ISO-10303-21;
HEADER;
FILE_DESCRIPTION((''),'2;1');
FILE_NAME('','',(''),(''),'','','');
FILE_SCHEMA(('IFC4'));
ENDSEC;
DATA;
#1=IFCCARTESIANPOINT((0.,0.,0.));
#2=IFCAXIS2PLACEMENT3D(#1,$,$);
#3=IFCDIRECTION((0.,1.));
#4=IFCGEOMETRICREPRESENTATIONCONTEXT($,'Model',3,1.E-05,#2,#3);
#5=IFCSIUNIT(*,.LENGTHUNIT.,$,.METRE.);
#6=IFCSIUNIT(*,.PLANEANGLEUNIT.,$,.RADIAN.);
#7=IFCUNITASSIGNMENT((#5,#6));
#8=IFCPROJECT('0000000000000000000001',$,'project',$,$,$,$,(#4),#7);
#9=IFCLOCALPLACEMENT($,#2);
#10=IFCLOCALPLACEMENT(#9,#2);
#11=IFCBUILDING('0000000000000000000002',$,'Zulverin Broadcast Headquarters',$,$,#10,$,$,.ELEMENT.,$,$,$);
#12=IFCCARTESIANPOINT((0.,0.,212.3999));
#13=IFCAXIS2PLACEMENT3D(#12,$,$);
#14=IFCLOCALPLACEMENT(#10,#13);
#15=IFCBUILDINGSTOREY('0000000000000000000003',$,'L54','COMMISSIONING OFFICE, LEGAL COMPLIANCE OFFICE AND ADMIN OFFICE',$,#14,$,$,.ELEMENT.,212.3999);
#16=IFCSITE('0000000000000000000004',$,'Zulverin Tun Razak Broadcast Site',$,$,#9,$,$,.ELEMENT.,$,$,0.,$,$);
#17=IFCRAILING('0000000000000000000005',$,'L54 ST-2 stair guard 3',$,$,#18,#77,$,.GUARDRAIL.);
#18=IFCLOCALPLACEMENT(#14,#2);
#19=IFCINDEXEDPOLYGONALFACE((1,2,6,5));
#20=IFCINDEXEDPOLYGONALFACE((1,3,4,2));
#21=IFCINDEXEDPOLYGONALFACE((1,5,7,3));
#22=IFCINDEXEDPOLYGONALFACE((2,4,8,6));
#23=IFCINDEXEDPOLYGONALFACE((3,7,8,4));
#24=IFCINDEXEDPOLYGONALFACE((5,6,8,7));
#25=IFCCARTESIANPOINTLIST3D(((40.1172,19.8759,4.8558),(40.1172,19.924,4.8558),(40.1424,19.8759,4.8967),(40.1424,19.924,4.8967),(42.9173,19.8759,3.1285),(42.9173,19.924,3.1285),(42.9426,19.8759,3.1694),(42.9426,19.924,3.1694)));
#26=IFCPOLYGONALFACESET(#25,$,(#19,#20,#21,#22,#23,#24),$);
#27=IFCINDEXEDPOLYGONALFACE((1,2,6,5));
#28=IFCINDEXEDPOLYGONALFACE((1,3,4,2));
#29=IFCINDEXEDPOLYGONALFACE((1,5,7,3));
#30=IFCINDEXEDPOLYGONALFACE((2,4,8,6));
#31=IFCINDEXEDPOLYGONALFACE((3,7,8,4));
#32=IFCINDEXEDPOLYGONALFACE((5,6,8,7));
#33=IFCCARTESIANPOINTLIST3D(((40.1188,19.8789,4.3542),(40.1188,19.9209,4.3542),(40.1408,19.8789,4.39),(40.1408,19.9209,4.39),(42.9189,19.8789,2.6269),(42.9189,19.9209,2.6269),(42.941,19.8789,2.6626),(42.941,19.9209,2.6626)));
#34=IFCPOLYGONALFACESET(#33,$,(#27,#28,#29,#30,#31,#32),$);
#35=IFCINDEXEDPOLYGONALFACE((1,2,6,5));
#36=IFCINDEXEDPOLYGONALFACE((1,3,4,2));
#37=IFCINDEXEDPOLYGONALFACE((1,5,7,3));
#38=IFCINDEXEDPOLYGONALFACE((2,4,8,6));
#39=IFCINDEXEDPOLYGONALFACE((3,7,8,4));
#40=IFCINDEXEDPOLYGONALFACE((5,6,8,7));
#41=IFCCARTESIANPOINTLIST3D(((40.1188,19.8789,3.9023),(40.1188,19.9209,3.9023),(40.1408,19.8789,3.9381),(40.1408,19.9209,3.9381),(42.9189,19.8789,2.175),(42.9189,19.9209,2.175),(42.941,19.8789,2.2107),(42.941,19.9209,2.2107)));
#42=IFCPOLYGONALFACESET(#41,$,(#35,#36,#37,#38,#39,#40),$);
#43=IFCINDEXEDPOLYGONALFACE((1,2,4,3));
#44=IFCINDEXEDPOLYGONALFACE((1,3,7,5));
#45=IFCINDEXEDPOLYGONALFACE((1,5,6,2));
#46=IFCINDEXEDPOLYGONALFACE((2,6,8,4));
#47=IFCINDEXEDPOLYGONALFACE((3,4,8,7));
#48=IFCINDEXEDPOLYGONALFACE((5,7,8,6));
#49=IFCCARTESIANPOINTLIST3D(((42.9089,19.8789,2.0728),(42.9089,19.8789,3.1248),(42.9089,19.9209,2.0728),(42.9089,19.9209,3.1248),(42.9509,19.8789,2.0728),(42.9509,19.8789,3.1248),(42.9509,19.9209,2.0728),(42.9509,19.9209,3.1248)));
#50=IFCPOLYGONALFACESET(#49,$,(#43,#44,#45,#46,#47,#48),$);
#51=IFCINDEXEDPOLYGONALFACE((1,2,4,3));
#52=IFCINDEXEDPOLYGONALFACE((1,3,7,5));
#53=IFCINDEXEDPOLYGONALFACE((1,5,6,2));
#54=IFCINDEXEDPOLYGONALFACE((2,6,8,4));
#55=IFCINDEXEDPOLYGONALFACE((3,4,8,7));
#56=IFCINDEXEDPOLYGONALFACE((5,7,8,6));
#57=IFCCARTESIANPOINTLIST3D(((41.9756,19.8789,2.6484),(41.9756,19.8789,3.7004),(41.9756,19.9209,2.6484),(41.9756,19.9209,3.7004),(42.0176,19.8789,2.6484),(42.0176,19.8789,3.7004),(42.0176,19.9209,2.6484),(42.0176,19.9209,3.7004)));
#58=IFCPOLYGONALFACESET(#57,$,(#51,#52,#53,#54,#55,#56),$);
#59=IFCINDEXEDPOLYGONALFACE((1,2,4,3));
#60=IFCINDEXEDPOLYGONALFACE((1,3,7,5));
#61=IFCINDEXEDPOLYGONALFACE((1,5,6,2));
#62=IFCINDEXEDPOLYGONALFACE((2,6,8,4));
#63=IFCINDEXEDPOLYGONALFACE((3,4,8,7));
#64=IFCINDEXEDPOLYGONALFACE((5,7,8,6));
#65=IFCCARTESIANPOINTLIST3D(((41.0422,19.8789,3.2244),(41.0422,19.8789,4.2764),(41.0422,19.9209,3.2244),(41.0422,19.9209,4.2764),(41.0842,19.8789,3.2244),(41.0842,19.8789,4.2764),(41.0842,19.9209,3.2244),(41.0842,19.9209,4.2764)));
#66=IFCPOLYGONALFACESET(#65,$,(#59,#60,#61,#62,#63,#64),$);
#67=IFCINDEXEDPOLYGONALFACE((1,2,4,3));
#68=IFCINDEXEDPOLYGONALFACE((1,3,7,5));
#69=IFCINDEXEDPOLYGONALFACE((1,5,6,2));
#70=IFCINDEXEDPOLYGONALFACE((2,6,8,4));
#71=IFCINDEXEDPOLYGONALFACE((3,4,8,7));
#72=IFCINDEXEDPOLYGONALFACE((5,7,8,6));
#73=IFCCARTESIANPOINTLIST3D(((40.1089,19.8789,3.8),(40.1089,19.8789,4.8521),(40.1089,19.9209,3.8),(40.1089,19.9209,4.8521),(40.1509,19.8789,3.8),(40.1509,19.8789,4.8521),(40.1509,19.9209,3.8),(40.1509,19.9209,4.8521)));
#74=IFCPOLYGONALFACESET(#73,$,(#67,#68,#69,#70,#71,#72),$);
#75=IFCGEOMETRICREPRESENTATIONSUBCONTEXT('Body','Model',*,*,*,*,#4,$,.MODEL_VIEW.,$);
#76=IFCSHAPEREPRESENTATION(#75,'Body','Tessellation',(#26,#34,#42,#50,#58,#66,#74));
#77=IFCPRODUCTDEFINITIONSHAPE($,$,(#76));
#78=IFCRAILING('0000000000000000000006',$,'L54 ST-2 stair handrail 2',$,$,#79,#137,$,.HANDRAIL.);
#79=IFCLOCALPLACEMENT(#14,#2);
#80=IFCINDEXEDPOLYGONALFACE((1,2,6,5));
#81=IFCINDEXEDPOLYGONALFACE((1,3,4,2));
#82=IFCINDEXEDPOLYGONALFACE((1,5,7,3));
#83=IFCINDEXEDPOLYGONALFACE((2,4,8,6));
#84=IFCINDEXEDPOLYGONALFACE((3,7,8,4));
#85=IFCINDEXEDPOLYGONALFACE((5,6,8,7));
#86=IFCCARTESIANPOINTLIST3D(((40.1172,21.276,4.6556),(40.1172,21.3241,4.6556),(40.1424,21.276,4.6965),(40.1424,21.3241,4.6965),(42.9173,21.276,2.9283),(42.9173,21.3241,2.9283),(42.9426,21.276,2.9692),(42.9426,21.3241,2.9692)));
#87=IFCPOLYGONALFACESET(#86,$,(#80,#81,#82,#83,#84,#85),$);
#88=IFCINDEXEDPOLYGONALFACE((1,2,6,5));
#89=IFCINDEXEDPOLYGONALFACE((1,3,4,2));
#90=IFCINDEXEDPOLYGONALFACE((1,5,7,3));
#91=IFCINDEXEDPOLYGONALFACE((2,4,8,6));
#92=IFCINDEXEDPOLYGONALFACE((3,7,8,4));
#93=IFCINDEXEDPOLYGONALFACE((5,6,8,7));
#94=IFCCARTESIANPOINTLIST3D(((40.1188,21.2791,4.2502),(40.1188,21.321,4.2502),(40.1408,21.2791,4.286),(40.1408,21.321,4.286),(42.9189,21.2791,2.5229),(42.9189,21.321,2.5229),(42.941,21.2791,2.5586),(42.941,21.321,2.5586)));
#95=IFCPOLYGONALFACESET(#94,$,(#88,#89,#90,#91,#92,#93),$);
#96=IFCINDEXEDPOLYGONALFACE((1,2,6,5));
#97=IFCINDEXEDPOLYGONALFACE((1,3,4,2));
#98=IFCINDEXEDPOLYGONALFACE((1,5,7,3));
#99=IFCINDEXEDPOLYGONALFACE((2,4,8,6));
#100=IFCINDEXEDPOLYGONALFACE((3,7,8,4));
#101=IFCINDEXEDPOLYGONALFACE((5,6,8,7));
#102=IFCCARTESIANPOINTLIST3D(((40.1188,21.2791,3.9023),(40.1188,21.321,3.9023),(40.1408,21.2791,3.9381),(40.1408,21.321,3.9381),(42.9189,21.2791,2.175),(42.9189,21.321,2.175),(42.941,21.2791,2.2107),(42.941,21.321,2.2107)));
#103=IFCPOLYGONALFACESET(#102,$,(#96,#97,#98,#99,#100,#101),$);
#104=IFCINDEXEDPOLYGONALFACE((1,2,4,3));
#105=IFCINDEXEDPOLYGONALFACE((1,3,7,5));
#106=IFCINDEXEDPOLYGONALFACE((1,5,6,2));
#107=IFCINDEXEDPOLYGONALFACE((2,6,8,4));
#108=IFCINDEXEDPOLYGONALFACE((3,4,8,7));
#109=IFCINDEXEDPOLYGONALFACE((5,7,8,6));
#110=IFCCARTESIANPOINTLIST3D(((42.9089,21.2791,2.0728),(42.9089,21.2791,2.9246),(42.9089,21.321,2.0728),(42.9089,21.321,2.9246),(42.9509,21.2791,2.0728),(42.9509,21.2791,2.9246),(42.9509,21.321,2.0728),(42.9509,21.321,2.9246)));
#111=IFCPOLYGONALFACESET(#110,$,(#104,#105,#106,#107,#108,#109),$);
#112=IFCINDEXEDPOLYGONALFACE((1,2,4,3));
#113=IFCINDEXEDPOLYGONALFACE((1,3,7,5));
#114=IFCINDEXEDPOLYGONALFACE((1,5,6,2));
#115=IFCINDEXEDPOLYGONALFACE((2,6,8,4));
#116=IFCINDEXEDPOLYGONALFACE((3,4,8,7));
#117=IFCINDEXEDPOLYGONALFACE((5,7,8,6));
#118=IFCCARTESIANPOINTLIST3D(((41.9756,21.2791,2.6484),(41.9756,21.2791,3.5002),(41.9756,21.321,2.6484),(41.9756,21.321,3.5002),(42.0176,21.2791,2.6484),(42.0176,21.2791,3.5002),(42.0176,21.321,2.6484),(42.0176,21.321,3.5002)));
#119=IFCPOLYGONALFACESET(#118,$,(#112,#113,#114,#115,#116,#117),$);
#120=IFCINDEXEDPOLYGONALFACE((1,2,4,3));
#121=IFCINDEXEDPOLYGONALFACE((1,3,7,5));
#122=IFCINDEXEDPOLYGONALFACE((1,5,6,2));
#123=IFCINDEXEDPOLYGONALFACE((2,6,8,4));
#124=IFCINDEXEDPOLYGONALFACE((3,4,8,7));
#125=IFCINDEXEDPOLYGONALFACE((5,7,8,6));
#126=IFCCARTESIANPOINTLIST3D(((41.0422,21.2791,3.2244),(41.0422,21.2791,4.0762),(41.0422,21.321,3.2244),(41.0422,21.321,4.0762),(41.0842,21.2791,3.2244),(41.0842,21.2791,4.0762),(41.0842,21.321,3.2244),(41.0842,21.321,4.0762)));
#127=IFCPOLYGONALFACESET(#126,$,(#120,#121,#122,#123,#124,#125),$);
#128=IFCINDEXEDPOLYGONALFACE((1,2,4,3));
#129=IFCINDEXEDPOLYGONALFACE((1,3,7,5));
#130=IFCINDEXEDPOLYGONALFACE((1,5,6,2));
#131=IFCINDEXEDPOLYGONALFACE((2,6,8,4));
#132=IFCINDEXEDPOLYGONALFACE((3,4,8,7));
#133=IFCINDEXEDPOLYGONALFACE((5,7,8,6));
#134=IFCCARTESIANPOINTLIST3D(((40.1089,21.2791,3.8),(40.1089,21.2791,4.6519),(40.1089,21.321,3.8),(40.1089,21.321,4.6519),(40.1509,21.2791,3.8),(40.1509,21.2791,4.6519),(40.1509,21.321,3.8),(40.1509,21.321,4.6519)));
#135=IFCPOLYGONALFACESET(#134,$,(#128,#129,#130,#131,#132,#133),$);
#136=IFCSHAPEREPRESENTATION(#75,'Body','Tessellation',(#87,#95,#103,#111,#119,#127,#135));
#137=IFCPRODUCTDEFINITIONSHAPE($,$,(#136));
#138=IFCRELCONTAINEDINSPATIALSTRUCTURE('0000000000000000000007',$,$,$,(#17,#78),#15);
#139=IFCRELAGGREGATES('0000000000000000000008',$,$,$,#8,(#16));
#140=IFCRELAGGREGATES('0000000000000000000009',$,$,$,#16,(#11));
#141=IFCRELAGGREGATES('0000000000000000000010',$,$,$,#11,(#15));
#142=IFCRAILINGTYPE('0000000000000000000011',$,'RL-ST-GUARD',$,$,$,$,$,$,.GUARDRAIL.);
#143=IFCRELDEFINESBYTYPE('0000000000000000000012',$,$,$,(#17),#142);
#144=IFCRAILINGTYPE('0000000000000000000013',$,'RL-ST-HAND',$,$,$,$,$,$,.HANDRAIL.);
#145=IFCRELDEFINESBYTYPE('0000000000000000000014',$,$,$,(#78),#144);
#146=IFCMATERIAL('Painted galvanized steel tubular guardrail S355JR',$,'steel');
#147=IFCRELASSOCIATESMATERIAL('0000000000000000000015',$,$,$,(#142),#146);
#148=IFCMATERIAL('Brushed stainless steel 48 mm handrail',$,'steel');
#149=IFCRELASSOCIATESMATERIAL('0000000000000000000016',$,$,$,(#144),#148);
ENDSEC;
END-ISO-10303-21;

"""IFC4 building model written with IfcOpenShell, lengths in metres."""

from ifc_helpers import new_model, si_unit, direction, frame, origin, origin_2d, place, context, subcontext, project, spatial, rectangle, extrude, material, type_object, element, save


model = new_model("IFC4")

# Units and contexts
model_context = context("Model", 3, precision=1e-05, world=origin(), true_north=direction((0.0, 1.0)))
body_context = subcontext(model_context, "Body", "Model", "MODEL_VIEW")
ifc_project = project(units=[si_unit("LENGTHUNIT", "METRE"), si_unit("PLANEANGLEUNIT", "RADIAN")], contexts=[model_context])

# Site, building, storey
site_placement = place(None, origin())
site = spatial("IfcSite", under=ifc_project, at=site_placement, Name="Zulverin Tun Razak Broadcast Site", CompositionType="ELEMENT", RefElevation=0.0)
building_placement = place(site_placement, origin())
building = spatial("IfcBuilding", under=site, at=building_placement, Name="Zulverin Broadcast Headquarters", CompositionType="ELEMENT")
storey_placement = place(building_placement, frame((0.0, 0.0, 212.3999)))
storey = spatial("IfcBuildingStorey", under=building, at=storey_placement, Name="L54", Description="COMMISSIONING OFFICE, LEGAL COMPLIANCE OFFICE AND ADMIN OFFICE", CompositionType="ELEMENT", Elevation=212.3999)

# Railings
ifc_material_1 = material(Name="Painted galvanized steel tubular guardrail S355JR", Category="steel")
railing_type_1 = type_object("IfcRailingType", Name="RL-ST-GUARD", PredefinedType="GUARDRAIL", material=ifc_material_1)
railing_1_placement = place(storey_placement, frame((42.9299, 19.8999, 2.0728)))
element("IfcRailing", 1, at=railing_1_placement, inside=storey, type_object=railing_type_1, Name="L54 ST-2 stair guard 3", PredefinedType="GUARDRAIL", context=body_context, shape_type="SweptSolid", body=[
    extrude(rectangle(XDim=0.0481, YDim=0.0481, at=origin_2d()), frame((0.0, 0.0, 1.0762), z_axis=(-0.85109, 0.0, 0.52502), x_axis=(0.0, -1.0, 0.0)), (0.0, 0.0, 1.0), 3.29),
    extrude(rectangle(XDim=0.042, YDim=0.042, at=origin_2d()), frame((0.0, 0.0, 0.572), z_axis=(-0.85109, 0.0, 0.52502), x_axis=(0.0, -1.0, 0.0)), (0.0, 0.0, 1.0), 3.29),
    extrude(rectangle(XDim=0.042, YDim=0.042, at=origin_2d()), frame((0.0, 0.0, 0.1201), z_axis=(-0.85109, 0.0, 0.52502), x_axis=(0.0, -1.0, 0.0)), (0.0, 0.0, 1.0), 3.29),
    extrude(rectangle(XDim=0.042, YDim=0.042, at=origin_2d()), origin(), (0.0, 0.0, 1.0), 1.052),
    extrude(rectangle(XDim=0.042, YDim=0.042, at=origin_2d()), frame((-0.9333, 0.0, 0.5757)), (0.0, 0.0, 1.0), 1.052),
    extrude(rectangle(XDim=0.042, YDim=0.042, at=origin_2d()), frame((-1.8667, 0.0, 1.1516)), (0.0, 0.0, 1.0), 1.052),
    extrude(rectangle(XDim=0.042, YDim=0.042, at=origin_2d()), frame((-2.8, 0.0, 1.7273)), (0.0, 0.0, 1.0), 1.052),
])
ifc_material_2 = material(Name="Brushed stainless steel 48 mm handrail", Category="steel")
railing_type_2 = type_object("IfcRailingType", Name="RL-ST-HAND", PredefinedType="HANDRAIL", material=ifc_material_2)
railing_2_placement = place(storey_placement, frame((42.9299, 21.3, 2.0728)))
element("IfcRailing", 2, at=railing_2_placement, inside=storey, type_object=railing_type_2, Name="L54 ST-2 stair handrail 2", PredefinedType="HANDRAIL", context=body_context, shape_type="SweptSolid", body=[
    extrude(rectangle(XDim=0.0481, YDim=0.0481, at=origin_2d()), frame((0.0, 0.0, 0.876), z_axis=(-0.85109, 0.0, 0.52502), x_axis=(0.0, -1.0, 0.0)), (0.0, 0.0, 1.0), 3.29),
    extrude(rectangle(XDim=0.042, YDim=0.042, at=origin_2d()), frame((0.0, 0.0, 0.468), z_axis=(-0.85109, 0.0, 0.52502), x_axis=(0.0, -1.0, 0.0)), (0.0, 0.0, 1.0), 3.29),
    extrude(rectangle(XDim=0.042, YDim=0.042, at=origin_2d()), frame((0.0, 0.0, 0.1201), z_axis=(-0.85109, 0.0, 0.52502), x_axis=(0.0, -1.0, 0.0)), (0.0, 0.0, 1.0), 3.29),
    extrude(rectangle(XDim=0.042, YDim=0.042, at=origin_2d()), origin(), (0.0, 0.0, 1.0), 0.8518),
    extrude(rectangle(XDim=0.042, YDim=0.042, at=origin_2d()), frame((-0.9333, 0.0, 0.5757)), (0.0, 0.0, 1.0), 0.8518),
    extrude(rectangle(XDim=0.042, YDim=0.042, at=origin_2d()), frame((-1.8667, 0.0, 1.1516)), (0.0, 0.0, 1.0), 0.8518),
    extrude(rectangle(XDim=0.042, YDim=0.042, at=origin_2d()), frame((-2.8, 0.0, 1.7273)), (0.0, 0.0, 1.0), 0.8518),
])

save(model, "model.ifc")
